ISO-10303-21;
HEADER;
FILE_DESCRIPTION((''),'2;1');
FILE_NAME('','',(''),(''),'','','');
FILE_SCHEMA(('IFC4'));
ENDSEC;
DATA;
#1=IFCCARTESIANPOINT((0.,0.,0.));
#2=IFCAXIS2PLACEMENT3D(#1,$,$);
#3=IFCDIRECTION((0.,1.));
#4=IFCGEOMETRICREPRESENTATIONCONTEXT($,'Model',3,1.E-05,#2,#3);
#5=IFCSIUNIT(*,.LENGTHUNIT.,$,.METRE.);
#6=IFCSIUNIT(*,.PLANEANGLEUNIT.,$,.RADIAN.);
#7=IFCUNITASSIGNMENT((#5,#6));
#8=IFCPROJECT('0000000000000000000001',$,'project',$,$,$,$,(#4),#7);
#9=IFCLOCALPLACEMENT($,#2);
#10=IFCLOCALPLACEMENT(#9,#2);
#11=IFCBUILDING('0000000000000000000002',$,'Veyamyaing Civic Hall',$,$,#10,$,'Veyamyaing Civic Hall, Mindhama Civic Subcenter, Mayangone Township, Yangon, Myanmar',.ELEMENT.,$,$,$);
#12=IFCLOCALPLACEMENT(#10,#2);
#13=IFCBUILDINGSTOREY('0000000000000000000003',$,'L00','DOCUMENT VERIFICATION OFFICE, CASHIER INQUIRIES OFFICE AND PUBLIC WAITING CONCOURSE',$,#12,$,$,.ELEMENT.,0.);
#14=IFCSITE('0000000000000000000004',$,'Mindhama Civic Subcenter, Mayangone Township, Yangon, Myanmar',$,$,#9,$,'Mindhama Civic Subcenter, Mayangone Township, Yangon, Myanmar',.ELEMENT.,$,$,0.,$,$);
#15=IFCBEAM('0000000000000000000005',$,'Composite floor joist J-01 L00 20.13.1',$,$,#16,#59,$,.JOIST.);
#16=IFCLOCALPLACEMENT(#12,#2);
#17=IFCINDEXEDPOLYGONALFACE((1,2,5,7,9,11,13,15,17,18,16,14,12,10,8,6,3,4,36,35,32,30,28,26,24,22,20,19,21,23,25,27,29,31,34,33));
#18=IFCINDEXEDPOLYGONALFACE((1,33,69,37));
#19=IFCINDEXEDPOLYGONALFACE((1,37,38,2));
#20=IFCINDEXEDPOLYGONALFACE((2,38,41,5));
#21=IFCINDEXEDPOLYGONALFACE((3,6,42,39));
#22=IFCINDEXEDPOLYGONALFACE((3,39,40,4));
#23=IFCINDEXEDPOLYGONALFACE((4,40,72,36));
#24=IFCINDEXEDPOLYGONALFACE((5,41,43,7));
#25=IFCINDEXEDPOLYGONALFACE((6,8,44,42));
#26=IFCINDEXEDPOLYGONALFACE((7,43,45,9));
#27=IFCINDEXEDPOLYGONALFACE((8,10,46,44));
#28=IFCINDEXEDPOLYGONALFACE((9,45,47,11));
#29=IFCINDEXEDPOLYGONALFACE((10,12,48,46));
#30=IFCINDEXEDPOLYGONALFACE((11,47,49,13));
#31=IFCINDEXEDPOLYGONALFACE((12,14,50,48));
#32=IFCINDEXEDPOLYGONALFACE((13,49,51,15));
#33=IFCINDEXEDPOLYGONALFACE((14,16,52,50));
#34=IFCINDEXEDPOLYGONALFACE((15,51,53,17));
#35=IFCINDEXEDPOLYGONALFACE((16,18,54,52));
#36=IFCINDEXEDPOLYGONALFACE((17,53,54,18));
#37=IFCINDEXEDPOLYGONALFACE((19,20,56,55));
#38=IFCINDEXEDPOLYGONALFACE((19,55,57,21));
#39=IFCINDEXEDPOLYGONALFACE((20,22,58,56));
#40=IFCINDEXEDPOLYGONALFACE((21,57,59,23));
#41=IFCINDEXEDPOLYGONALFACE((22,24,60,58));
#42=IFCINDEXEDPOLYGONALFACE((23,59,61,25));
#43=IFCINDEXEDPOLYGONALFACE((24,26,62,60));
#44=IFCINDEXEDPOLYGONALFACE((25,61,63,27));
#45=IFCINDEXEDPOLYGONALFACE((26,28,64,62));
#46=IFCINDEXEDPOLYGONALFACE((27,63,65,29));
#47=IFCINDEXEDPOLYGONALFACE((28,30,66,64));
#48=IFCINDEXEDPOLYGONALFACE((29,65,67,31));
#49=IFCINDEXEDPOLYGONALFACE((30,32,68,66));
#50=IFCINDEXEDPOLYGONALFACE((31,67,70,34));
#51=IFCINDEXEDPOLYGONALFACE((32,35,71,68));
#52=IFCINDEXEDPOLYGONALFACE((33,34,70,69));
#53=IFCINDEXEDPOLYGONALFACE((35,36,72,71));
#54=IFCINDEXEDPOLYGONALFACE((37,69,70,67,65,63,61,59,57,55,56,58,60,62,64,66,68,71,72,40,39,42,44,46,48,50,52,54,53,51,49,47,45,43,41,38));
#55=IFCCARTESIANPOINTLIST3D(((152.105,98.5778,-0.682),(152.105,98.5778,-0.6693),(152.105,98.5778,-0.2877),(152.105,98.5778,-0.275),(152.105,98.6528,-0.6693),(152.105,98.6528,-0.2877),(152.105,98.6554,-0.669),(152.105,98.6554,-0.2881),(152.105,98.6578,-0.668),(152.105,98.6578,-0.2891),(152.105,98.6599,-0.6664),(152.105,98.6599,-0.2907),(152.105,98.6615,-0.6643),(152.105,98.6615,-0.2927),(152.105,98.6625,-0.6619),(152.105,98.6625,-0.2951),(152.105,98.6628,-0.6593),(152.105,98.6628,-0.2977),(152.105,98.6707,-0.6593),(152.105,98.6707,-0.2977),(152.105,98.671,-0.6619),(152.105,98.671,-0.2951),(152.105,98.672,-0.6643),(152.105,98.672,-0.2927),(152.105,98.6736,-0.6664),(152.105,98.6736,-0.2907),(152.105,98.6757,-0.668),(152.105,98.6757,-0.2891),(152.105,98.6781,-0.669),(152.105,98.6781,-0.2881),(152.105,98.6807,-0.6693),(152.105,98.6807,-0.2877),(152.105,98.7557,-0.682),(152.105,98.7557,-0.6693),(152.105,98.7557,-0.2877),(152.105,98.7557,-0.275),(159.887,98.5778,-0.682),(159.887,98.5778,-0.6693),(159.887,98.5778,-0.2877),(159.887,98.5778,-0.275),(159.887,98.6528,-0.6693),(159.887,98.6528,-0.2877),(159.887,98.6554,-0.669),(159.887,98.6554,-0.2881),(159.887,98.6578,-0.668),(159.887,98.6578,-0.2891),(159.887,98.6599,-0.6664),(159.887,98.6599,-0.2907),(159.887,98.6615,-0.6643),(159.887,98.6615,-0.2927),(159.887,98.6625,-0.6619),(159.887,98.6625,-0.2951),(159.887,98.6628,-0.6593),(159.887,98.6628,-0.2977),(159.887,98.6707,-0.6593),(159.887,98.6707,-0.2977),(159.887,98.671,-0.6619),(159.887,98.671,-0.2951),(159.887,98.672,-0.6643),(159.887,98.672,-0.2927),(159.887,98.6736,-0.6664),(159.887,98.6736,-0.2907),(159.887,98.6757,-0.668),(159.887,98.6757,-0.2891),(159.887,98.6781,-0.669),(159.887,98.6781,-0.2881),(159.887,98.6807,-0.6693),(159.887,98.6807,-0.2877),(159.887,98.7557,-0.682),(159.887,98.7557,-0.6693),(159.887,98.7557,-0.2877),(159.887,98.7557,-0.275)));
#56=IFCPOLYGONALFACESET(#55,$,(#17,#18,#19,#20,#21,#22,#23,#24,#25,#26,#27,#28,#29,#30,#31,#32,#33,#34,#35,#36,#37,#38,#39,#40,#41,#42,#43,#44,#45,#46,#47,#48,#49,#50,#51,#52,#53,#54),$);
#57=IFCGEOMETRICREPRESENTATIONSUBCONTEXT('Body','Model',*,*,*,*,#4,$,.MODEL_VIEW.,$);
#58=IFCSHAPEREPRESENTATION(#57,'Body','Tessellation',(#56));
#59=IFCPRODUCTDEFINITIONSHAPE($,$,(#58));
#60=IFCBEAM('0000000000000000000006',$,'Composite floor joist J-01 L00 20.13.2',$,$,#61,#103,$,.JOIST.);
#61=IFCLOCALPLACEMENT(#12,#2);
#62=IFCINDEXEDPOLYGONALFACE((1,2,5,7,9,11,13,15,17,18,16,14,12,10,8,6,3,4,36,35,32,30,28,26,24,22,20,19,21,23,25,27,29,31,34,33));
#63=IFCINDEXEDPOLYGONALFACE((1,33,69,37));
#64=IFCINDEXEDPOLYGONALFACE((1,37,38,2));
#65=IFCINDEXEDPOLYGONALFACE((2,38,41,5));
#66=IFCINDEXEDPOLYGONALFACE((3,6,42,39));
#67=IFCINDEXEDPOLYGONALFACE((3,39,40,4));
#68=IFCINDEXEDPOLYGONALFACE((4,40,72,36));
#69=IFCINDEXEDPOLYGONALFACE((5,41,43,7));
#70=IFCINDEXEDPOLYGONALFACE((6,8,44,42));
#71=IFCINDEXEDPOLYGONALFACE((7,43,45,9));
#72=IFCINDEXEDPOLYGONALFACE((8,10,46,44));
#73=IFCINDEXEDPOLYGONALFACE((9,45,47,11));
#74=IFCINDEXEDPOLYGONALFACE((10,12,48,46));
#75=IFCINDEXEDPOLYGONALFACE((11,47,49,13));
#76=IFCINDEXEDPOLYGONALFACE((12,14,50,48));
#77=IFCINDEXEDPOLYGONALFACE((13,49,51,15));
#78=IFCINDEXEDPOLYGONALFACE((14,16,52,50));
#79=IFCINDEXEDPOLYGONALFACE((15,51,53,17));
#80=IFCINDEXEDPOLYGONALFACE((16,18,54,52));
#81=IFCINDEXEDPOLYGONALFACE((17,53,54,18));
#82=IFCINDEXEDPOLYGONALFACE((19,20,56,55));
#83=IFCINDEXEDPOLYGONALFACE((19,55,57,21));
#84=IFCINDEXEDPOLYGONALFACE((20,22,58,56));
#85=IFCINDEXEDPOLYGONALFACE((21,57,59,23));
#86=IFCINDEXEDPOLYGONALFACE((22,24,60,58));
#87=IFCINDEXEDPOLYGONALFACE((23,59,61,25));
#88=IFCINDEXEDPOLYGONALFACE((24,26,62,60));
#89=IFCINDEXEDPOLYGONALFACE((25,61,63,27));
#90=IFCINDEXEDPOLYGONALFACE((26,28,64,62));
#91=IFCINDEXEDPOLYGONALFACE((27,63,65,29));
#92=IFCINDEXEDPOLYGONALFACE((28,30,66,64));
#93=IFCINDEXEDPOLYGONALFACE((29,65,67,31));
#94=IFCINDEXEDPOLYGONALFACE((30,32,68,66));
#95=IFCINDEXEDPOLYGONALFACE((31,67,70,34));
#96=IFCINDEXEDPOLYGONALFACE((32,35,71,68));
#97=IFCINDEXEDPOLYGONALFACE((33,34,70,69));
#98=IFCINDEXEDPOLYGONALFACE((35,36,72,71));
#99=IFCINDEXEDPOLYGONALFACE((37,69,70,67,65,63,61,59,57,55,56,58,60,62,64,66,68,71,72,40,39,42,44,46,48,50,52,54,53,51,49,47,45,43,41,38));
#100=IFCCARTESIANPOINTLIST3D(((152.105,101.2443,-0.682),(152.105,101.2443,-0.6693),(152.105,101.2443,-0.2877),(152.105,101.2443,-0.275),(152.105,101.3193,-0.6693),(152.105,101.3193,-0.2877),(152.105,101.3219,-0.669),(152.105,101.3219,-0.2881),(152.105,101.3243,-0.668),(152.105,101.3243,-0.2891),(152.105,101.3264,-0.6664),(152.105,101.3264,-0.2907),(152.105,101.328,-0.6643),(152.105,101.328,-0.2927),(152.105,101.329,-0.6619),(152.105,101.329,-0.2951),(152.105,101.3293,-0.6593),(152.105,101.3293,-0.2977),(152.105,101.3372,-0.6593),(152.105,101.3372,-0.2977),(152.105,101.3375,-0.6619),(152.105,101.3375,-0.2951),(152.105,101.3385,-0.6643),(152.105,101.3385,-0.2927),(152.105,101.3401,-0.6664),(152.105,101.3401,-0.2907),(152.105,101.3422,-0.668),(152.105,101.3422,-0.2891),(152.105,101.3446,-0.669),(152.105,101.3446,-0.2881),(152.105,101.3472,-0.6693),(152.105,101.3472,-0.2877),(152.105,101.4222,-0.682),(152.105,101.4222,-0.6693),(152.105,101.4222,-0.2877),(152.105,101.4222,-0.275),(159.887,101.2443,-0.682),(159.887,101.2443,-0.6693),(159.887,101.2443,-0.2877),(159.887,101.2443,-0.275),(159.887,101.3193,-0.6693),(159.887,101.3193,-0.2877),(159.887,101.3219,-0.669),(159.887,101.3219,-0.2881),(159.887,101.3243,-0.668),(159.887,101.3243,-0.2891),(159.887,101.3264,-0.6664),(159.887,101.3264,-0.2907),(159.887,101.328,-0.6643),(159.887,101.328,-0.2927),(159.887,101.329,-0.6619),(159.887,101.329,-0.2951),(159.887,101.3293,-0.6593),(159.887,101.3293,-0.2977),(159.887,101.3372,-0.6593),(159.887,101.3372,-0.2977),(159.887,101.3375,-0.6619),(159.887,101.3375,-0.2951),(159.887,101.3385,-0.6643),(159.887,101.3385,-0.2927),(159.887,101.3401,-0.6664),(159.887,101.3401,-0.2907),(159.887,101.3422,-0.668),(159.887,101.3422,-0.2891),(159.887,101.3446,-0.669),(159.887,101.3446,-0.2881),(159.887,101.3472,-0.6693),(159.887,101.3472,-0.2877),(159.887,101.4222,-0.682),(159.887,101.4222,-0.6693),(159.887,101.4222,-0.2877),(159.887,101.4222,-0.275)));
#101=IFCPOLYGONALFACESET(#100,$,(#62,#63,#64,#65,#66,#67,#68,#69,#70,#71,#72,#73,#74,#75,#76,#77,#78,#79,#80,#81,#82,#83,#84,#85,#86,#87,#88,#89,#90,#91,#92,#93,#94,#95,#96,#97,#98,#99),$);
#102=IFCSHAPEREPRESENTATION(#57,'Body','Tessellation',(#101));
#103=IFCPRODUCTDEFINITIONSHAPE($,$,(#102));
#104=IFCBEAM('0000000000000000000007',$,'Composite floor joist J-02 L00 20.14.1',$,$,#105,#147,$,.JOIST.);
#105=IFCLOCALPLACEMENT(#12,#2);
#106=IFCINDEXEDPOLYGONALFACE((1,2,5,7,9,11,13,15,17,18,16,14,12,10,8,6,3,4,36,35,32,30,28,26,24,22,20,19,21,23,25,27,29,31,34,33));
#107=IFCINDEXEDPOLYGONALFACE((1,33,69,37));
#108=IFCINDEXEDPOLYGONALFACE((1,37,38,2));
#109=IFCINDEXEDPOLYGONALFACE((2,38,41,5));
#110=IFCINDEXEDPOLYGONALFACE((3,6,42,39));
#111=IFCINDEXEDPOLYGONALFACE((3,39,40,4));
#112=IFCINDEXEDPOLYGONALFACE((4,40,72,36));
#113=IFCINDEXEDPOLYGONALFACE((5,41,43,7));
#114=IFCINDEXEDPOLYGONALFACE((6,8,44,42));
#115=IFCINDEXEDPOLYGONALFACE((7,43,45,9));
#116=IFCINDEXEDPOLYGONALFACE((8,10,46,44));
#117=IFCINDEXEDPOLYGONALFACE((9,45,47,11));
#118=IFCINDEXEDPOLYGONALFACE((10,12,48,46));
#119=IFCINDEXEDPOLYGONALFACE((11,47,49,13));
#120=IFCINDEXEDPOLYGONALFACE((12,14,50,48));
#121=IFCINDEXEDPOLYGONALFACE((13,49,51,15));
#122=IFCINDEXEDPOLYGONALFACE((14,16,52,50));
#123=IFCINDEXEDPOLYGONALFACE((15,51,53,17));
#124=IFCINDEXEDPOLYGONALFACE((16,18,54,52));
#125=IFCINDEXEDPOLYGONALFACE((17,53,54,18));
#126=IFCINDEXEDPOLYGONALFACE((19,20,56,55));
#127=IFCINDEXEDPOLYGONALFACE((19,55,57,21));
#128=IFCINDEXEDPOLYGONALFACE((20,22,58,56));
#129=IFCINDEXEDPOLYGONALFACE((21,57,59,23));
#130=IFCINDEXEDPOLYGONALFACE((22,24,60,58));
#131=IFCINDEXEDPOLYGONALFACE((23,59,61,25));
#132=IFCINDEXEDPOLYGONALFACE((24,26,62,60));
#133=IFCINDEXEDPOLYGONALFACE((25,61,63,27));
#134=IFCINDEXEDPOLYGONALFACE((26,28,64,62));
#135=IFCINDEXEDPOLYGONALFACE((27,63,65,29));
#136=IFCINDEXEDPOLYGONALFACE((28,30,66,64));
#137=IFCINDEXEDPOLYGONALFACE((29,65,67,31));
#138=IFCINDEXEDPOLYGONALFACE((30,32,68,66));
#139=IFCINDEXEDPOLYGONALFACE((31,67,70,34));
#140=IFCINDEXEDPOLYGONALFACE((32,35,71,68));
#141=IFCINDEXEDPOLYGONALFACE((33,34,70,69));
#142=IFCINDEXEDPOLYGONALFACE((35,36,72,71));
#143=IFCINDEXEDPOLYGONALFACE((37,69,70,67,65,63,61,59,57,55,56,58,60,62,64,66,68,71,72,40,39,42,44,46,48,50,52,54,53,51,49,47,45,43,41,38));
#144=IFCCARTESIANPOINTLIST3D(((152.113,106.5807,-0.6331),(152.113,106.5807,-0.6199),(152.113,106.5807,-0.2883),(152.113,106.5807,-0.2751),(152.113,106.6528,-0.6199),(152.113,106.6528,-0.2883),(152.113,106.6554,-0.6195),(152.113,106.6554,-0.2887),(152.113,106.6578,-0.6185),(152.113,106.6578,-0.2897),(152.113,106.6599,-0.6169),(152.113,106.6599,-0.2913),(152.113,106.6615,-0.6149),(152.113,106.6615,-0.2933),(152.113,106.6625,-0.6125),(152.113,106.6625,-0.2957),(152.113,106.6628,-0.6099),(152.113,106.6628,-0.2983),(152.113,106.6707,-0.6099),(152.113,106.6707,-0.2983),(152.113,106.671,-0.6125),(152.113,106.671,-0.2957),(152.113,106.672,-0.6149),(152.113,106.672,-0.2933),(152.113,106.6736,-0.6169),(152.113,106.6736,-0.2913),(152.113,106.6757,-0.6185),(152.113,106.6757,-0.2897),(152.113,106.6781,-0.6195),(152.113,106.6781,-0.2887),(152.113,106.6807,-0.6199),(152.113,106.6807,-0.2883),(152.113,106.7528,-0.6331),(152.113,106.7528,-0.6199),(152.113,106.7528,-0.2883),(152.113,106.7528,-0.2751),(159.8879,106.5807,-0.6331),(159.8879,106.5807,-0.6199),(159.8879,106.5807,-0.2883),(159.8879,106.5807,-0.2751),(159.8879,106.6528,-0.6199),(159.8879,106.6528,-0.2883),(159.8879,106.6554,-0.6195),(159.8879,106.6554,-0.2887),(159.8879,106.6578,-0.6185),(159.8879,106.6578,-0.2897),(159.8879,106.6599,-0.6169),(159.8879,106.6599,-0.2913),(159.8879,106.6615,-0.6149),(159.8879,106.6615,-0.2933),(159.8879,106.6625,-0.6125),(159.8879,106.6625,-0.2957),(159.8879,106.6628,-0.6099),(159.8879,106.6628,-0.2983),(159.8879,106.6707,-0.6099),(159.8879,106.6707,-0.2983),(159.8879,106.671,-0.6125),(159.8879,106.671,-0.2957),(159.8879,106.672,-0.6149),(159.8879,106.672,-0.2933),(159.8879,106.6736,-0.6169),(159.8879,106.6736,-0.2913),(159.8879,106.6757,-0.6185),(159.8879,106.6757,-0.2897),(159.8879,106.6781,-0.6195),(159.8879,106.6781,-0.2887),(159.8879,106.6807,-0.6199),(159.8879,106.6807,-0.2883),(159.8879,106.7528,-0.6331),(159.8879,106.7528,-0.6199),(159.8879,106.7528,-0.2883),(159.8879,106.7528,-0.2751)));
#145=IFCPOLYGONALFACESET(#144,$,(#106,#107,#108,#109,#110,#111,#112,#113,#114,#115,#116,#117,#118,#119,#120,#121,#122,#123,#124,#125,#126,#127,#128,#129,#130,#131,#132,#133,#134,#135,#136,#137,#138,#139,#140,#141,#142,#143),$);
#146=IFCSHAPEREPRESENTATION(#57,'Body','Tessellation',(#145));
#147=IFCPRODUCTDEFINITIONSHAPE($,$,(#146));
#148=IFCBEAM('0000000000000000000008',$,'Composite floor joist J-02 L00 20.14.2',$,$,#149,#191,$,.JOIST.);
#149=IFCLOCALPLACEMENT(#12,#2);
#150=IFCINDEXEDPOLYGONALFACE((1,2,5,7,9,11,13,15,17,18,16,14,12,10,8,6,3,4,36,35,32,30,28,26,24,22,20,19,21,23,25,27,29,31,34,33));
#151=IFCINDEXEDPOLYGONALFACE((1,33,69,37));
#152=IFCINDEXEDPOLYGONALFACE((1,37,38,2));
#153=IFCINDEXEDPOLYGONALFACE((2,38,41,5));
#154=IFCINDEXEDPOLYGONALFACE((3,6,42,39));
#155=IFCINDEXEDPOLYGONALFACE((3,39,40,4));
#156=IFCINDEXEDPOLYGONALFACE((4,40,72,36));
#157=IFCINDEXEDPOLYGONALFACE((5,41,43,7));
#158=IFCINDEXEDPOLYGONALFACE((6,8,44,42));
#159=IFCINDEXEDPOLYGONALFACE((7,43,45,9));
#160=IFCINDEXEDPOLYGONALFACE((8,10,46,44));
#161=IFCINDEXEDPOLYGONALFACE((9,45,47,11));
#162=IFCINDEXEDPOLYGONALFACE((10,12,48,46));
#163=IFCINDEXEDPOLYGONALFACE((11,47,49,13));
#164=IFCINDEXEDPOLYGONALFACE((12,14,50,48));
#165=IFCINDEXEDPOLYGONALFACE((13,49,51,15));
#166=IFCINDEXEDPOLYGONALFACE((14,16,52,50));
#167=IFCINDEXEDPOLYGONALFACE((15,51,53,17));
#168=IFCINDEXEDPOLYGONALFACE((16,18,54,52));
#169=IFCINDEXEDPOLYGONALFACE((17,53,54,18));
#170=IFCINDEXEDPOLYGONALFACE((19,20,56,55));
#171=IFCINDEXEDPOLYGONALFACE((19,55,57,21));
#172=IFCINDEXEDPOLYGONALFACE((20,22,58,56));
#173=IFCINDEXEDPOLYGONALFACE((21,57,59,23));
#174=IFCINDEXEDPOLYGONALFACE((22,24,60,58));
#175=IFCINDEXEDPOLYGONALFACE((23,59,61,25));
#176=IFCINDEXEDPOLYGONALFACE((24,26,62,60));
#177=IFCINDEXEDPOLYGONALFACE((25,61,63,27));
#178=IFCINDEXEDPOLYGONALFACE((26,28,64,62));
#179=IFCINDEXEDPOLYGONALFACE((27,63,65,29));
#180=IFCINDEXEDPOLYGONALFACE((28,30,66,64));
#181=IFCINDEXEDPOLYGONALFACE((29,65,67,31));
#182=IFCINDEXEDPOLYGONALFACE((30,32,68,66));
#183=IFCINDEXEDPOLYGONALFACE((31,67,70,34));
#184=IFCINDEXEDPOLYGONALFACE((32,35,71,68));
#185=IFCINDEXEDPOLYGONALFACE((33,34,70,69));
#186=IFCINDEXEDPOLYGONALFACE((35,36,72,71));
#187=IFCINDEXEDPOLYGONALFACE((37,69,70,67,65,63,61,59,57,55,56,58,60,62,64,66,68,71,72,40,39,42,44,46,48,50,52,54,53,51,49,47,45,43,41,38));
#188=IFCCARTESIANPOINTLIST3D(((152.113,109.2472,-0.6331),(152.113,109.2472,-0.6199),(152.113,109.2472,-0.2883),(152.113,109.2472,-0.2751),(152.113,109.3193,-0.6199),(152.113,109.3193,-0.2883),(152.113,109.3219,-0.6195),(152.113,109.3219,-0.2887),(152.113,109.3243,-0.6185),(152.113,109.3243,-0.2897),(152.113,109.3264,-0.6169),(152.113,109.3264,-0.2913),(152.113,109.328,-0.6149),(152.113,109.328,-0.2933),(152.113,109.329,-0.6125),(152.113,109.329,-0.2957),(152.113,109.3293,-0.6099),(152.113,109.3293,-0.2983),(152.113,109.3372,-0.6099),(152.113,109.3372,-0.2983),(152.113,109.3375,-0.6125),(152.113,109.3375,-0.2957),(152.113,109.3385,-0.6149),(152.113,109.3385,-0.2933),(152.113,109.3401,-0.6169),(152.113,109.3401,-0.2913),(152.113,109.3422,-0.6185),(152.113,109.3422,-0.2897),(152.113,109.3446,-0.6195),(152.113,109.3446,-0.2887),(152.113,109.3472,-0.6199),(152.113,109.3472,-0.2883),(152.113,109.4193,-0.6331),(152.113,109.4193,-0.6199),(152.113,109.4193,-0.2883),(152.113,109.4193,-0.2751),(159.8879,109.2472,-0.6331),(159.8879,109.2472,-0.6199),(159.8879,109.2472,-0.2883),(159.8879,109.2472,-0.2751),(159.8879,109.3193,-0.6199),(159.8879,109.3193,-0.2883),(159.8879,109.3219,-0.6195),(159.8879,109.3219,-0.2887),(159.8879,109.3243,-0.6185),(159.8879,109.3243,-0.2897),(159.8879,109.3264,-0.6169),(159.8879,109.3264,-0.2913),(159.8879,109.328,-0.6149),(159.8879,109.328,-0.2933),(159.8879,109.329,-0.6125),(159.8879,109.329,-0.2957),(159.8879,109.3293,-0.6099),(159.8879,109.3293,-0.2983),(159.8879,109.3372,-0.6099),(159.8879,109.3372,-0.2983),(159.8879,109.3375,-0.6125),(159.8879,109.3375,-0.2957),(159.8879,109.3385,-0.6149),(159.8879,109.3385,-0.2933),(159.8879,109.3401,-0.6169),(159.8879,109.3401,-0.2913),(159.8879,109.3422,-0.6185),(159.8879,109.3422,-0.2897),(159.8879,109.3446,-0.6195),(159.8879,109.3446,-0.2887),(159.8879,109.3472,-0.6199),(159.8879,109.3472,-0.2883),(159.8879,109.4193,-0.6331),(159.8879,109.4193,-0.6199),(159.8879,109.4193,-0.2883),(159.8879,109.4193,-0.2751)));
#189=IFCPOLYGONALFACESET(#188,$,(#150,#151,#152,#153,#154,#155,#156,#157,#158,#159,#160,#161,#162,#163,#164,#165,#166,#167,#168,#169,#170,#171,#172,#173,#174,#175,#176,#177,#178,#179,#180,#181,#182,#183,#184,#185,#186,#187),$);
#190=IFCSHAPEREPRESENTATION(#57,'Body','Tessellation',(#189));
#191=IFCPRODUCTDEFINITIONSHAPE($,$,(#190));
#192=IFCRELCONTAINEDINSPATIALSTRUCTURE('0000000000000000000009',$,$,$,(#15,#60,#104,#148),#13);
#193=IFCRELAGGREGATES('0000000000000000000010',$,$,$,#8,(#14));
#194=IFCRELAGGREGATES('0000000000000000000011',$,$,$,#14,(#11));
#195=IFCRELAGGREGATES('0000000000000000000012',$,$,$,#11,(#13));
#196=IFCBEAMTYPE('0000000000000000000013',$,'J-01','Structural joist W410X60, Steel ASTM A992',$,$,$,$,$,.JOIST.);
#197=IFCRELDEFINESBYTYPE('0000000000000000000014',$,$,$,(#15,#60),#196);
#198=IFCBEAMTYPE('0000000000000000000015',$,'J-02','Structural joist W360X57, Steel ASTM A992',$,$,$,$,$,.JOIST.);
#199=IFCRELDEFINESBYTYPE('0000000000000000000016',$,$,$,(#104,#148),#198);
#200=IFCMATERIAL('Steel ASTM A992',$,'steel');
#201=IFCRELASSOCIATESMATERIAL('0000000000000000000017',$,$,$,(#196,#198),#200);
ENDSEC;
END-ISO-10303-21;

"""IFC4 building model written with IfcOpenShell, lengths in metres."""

from ifc_helpers import new_model, si_unit, direction, frame, origin, origin_2d, place, context, subcontext, project, spatial, i_section, extrude, material, material_profile, profile_set, type_object, element, save


model = new_model("IFC4")

# Units and contexts
model_context = context("Model", 3, precision=1e-05, world=origin(), true_north=direction((0.0, 1.0)))
body_context = subcontext(model_context, "Body", "Model", "MODEL_VIEW")
ifc_project = project(units=[si_unit("LENGTHUNIT", "METRE"), si_unit("PLANEANGLEUNIT", "RADIAN")], contexts=[model_context])

# Site, building, storey
site_placement = place(None, origin())
site = spatial("IfcSite", under=ifc_project, at=site_placement, Name="Mindhama Civic Subcenter, Mayangone Township, Yangon, Myanmar", LongName="Mindhama Civic Subcenter, Mayangone Township, Yangon, Myanmar", CompositionType="ELEMENT", RefElevation=0.0)
building_placement = place(site_placement, origin())
building = spatial("IfcBuilding", under=site, at=building_placement, Name="Veyamyaing Civic Hall", LongName="Veyamyaing Civic Hall, Mindhama Civic Subcenter, Mayangone Township, Yangon, Myanmar", CompositionType="ELEMENT")
storey_placement = place(building_placement, origin())
storey = spatial("IfcBuildingStorey", under=building, at=storey_placement, Name="L00", Description="DOCUMENT VERIFICATION OFFICE, CASHIER INQUIRIES OFFICE AND PUBLIC WAITING CONCOURSE", CompositionType="ELEMENT", Elevation=0.0)

# Shared definitions
ifc_material_1 = material(Name="Steel ASTM A992", Category="steel")

# Beams
ifc_material_profile_1 = material_profile(ifc_material_1, i_section(OverallWidth=0.178, OverallDepth=0.407, WebThickness=0.0078, FlangeThickness=0.0127, FilletRadius=0.01, at=origin_2d()), Name="W410X60")
ifc_profile_set_1 = profile_set([ifc_material_profile_1], Name="Steel ASTM A992")
beam_type_1 = type_object("IfcBeamType", Name="J-01", Description="Structural joist W410X60, Steel ASTM A992", PredefinedType="JOIST", material=ifc_profile_set_1)
for number, where, z_axis, x_axis, name in (
    (1, (152.105, 98.6667, -0.4785), (1.0, 0.0, 0.0), (0.0, 1.0, 0.0), "Composite floor joist J-01 L00 20.13.1"),
    (2, (152.105, 101.3333, -0.4785), (1.0, 0.0, 0.0), (0.0, 1.0, 0.0), "Composite floor joist J-01 L00 20.13.2"),
):
    element("IfcBeam", number, at=place(storey_placement, frame(where, z_axis=z_axis, x_axis=x_axis)), inside=storey, type_object=beam_type_1, Name=name, PredefinedType="JOIST", context=body_context, shape_type="SweptSolid", body=[
        extrude(i_section(OverallWidth=0.178, OverallDepth=0.407, WebThickness=0.0078, FlangeThickness=0.0127, FilletRadius=0.01, at=origin_2d()), origin(), (0.0, 0.0, 1.0), 7.782),
    ])
ifc_material_profile_2 = material_profile(ifc_material_1, i_section(OverallWidth=0.1721, OverallDepth=0.3579, WebThickness=0.0078, FlangeThickness=0.0132, FilletRadius=0.01, at=origin_2d()), Name="W360X57")
ifc_profile_set_2 = profile_set([ifc_material_profile_2], Name="Steel ASTM A992")
beam_type_2 = type_object("IfcBeamType", Name="J-02", Description="Structural joist W360X57, Steel ASTM A992", PredefinedType="JOIST", material=ifc_profile_set_2)
for number, where, z_axis, x_axis, name in (
    (3, (152.113, 106.6667, -0.4541), (1.0, 0.0, 0.0), (0.0, 1.0, 0.0), "Composite floor joist J-02 L00 20.14.1"),
    (4, (152.113, 109.3333, -0.4541), (1.0, 0.0, 0.0), (0.0, 1.0, 0.0), "Composite floor joist J-02 L00 20.14.2"),
):
    element("IfcBeam", number, at=place(storey_placement, frame(where, z_axis=z_axis, x_axis=x_axis)), inside=storey, type_object=beam_type_2, Name=name, PredefinedType="JOIST", context=body_context, shape_type="SweptSolid", body=[
        extrude(i_section(OverallWidth=0.1721, OverallDepth=0.3579, WebThickness=0.0078, FlangeThickness=0.0132, FilletRadius=0.01, at=origin_2d()), origin(), (0.0, 0.0, 1.0), 7.7749),
    ])

save(model, "model.ifc")
